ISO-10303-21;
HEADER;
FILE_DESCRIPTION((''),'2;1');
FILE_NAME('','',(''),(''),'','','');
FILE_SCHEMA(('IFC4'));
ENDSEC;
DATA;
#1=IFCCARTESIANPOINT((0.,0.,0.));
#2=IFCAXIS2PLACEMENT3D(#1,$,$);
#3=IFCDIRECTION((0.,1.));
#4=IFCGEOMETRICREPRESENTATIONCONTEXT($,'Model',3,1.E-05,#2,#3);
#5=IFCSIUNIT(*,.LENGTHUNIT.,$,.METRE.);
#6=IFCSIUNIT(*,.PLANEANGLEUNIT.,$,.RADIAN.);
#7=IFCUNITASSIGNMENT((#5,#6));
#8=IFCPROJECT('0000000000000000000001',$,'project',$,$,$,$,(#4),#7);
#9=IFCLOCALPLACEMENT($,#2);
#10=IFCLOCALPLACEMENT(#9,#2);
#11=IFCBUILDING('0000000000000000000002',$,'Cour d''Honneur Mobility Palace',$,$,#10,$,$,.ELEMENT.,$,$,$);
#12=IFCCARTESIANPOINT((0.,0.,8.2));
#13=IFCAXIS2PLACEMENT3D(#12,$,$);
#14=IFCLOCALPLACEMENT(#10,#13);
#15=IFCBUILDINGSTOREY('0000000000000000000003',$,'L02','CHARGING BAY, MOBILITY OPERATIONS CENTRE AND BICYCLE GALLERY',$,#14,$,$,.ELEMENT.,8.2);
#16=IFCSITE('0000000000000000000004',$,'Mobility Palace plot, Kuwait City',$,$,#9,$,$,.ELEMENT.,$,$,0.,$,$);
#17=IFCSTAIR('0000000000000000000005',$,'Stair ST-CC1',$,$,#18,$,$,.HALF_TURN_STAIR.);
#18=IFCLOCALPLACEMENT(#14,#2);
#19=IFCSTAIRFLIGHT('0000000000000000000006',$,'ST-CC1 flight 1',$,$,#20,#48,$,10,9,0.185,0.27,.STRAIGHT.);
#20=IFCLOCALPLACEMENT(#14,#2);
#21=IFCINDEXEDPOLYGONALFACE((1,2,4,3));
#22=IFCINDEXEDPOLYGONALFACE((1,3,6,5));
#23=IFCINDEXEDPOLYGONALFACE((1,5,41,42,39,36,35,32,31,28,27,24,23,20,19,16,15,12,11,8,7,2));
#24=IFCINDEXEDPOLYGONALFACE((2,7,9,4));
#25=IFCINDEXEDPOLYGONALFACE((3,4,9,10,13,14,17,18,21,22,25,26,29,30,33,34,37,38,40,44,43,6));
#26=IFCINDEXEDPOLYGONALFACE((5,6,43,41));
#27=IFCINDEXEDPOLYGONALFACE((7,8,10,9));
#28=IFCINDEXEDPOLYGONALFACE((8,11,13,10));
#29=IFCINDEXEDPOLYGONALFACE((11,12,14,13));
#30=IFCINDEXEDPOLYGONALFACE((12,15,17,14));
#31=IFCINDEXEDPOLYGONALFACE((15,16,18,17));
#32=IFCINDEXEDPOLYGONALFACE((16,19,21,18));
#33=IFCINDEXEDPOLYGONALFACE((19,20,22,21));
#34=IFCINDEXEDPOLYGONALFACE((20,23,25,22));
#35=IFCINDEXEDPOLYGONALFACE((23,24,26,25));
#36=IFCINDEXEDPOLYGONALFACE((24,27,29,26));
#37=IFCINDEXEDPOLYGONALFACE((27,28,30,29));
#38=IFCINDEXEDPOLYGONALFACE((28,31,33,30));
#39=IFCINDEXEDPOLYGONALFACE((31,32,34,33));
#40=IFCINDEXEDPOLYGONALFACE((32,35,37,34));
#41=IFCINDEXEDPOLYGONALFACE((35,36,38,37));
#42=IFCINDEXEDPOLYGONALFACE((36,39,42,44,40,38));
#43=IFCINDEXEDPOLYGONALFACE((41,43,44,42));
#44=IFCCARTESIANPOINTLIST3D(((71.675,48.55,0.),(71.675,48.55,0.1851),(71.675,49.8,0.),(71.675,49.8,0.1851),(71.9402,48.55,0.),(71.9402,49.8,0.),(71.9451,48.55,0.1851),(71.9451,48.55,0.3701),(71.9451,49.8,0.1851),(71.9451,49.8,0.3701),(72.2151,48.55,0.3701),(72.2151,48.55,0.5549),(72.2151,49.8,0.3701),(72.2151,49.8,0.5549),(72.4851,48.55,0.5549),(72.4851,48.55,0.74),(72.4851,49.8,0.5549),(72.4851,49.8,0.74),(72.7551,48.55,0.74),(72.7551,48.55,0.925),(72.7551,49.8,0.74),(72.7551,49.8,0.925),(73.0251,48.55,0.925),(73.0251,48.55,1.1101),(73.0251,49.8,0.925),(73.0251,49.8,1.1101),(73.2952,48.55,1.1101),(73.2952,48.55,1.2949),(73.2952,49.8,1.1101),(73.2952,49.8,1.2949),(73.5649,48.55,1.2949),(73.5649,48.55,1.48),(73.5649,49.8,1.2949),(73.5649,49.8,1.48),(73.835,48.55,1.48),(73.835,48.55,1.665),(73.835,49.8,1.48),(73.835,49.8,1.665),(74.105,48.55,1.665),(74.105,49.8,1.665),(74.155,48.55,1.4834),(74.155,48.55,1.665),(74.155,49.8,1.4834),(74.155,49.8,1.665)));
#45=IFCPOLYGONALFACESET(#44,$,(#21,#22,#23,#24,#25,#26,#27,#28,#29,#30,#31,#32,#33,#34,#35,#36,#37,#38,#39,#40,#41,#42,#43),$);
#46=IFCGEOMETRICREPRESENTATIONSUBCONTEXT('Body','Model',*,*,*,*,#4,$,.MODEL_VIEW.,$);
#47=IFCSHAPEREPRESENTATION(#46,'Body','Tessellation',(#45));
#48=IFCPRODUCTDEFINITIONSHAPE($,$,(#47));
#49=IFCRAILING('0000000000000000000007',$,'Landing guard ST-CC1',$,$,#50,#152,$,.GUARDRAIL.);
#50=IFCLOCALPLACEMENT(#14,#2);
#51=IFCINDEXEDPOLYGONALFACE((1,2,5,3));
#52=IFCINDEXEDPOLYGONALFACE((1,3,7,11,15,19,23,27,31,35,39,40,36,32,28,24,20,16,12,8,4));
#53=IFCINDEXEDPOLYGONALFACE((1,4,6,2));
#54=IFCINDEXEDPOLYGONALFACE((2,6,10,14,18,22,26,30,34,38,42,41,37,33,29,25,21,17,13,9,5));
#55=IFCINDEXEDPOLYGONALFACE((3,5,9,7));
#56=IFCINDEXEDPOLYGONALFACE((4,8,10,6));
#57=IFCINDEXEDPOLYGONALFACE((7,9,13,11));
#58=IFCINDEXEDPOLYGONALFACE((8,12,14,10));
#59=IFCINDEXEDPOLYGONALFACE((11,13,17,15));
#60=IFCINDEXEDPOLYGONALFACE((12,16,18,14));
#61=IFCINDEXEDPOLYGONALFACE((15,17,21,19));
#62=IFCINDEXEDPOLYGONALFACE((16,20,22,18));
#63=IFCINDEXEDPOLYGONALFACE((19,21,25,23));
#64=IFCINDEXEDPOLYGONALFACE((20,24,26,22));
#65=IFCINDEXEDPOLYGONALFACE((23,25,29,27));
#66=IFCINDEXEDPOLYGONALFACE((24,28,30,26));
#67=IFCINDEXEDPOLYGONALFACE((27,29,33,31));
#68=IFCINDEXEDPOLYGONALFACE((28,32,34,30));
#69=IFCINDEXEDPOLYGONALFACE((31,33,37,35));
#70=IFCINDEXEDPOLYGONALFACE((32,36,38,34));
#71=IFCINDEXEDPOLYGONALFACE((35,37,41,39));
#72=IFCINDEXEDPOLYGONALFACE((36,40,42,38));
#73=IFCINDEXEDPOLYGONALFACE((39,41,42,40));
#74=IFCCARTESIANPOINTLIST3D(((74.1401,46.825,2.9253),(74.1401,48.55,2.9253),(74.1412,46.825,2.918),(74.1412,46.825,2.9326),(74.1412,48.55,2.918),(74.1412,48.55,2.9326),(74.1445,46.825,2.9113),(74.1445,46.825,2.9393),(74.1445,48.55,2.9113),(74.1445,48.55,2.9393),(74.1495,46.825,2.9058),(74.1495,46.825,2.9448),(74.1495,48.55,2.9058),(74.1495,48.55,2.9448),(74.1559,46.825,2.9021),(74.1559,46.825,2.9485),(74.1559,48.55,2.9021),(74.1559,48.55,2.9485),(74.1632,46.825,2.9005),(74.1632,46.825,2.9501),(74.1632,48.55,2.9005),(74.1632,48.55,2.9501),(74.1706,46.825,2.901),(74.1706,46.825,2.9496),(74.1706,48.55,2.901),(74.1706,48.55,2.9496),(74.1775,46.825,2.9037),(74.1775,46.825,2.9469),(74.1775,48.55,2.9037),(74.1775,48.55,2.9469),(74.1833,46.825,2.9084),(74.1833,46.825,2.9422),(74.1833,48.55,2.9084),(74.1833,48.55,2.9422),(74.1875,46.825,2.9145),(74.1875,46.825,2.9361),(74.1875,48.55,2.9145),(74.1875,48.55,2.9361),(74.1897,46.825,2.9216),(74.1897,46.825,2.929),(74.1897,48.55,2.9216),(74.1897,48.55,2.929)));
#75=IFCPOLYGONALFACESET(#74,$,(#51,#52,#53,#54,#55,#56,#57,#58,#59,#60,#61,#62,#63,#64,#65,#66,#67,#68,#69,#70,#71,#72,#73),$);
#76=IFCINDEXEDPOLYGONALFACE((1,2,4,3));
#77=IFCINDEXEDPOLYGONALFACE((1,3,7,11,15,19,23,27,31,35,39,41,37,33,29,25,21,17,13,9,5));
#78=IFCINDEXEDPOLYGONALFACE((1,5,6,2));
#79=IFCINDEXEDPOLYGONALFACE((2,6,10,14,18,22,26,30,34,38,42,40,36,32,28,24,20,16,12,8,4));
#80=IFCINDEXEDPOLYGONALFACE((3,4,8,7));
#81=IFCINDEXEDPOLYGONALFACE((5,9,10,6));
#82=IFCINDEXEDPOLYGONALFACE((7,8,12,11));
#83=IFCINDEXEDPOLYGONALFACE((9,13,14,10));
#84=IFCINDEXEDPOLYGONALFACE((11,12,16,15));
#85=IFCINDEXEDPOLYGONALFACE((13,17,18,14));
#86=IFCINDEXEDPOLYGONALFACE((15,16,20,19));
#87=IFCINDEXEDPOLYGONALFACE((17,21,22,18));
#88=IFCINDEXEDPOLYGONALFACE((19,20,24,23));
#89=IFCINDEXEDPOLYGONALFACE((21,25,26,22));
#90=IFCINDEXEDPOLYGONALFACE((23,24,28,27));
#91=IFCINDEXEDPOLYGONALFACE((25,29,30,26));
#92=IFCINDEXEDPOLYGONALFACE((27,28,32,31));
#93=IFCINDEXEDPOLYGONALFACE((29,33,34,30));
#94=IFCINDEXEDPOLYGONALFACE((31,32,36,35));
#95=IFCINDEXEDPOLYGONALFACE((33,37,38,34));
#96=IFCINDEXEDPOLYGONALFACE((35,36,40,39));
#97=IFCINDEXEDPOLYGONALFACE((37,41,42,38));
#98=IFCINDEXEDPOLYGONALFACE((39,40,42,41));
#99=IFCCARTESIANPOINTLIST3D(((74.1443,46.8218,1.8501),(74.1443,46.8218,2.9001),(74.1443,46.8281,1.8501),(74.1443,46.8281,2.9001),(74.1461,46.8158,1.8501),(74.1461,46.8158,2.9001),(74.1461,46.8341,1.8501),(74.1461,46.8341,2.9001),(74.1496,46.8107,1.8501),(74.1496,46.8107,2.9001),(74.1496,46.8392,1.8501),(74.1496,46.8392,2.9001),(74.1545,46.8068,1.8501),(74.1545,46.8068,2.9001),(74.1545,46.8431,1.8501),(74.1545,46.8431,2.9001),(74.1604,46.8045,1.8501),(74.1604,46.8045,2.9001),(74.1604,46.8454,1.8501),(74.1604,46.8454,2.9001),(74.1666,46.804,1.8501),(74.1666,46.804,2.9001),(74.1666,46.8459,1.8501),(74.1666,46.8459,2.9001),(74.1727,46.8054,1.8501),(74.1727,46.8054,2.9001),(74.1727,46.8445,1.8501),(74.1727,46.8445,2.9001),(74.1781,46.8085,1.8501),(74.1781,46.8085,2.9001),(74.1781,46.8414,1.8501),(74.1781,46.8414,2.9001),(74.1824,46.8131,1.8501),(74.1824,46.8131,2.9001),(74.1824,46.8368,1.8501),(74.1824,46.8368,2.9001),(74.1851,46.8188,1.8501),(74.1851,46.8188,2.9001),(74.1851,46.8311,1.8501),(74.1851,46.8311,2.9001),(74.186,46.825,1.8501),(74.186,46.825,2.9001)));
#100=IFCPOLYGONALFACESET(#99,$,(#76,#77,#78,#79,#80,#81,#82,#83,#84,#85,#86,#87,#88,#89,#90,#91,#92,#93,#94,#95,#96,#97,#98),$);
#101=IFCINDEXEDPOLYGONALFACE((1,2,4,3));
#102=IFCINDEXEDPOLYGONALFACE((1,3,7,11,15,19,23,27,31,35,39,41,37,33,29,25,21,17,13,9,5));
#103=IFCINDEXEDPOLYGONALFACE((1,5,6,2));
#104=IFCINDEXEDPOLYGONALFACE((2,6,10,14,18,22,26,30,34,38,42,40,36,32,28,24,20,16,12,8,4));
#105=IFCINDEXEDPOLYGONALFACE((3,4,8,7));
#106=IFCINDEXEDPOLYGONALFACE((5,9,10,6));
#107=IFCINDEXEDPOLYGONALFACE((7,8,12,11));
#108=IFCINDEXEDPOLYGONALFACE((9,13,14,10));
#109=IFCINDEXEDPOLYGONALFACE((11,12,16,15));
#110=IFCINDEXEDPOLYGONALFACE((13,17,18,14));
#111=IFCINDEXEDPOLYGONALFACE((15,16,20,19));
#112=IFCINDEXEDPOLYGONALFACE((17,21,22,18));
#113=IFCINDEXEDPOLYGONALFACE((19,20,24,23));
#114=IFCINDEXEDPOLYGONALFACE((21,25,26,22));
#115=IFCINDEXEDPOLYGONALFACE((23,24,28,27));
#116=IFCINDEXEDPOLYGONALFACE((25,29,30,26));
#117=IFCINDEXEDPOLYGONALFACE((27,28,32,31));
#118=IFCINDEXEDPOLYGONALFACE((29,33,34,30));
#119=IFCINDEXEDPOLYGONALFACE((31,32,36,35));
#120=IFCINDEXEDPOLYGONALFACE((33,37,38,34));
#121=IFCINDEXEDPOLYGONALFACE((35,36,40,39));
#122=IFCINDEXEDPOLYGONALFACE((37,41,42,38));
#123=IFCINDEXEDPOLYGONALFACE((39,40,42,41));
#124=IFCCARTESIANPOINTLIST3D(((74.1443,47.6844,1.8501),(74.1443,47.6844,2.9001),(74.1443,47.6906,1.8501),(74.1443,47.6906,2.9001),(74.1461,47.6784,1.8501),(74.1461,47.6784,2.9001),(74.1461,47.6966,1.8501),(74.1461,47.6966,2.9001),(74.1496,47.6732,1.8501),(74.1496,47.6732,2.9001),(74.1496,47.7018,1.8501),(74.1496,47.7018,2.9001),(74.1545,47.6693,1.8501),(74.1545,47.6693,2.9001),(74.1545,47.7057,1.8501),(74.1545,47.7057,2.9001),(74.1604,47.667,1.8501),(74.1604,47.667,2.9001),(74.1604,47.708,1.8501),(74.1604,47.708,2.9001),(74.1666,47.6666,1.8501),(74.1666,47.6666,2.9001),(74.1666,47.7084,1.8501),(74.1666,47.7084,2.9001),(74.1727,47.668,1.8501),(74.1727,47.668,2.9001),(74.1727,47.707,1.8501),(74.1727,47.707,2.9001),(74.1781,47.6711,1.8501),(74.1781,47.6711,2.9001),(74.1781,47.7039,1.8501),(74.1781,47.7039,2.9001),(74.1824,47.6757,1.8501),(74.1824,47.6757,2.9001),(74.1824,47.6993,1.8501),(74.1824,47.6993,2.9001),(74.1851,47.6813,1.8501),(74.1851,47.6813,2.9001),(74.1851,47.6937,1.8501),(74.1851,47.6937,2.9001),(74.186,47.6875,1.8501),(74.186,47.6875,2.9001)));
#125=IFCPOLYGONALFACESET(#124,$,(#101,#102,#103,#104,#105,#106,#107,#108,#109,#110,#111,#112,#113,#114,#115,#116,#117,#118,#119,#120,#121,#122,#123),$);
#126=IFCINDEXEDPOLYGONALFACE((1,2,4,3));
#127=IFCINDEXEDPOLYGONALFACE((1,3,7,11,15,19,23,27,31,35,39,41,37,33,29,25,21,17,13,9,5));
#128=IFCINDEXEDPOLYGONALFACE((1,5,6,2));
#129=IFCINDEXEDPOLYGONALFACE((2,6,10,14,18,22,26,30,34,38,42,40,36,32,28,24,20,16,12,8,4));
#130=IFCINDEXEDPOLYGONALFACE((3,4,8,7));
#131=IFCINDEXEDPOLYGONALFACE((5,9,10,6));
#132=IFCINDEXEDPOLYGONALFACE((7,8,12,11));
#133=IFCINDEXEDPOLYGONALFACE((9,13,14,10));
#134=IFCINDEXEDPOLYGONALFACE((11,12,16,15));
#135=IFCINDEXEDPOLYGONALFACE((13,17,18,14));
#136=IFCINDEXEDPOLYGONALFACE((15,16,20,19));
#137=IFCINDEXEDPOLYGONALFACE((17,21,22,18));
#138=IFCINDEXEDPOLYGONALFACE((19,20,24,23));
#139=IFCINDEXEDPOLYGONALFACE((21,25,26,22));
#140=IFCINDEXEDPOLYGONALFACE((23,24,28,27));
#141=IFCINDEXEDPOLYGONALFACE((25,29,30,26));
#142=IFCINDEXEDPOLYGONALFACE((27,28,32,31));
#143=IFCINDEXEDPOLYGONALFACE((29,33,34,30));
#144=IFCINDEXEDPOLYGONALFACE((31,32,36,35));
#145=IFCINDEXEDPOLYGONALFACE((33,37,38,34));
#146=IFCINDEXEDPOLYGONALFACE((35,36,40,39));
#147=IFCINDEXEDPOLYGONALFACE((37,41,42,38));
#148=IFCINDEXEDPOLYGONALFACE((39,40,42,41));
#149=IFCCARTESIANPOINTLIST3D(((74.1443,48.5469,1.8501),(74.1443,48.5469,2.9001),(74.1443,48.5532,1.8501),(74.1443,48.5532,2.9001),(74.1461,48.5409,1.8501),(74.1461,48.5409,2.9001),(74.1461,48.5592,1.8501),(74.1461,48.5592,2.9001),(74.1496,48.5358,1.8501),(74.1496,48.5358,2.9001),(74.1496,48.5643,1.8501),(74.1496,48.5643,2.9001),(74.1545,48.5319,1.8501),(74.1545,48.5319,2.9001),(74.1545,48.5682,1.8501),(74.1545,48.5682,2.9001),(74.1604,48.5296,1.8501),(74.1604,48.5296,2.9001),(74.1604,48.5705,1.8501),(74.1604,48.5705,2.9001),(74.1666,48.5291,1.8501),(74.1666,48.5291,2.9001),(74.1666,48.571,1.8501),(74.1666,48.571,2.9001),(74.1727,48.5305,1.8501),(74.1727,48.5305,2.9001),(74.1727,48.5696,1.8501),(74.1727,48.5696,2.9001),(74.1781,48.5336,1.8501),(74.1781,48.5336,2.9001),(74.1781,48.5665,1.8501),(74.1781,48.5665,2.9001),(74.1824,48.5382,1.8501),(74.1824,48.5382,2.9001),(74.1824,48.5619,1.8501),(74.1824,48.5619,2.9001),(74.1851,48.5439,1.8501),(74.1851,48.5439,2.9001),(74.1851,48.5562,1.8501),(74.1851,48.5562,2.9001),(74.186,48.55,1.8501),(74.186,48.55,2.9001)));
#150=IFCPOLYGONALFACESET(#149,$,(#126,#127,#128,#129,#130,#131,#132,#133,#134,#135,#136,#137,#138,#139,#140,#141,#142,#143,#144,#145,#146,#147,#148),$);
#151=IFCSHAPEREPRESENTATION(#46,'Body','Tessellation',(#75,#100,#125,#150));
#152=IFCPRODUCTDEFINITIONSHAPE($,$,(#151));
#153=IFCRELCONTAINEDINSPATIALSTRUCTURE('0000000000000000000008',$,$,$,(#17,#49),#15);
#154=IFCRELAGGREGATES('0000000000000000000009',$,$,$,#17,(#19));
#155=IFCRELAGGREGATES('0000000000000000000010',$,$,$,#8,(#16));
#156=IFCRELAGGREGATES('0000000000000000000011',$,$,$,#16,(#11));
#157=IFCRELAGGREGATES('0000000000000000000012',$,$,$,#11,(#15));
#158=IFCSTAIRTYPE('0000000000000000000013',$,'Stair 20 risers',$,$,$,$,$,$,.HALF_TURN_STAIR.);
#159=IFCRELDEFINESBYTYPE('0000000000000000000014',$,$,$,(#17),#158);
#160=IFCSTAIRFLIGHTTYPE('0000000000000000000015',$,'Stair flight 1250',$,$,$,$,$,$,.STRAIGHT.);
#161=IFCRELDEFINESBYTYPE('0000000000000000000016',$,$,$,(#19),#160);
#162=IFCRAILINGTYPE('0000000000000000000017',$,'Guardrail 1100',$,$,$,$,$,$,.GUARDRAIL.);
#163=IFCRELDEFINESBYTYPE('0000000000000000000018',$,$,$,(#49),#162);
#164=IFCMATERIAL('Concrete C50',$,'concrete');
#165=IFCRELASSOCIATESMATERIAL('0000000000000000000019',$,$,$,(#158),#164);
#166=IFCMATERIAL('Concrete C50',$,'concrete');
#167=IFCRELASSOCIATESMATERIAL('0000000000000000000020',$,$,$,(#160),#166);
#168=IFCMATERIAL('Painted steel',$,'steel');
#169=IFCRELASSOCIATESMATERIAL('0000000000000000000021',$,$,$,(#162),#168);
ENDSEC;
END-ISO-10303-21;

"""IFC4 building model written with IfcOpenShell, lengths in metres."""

from ifc_helpers import new_model, si_unit, direction, frame, origin, origin_2d, place, context, subcontext, project, spatial, polyline, circle, outline, extrude, material, type_object, element, aggregate, save


model = new_model("IFC4")

# Units and contexts
model_context = context("Model", 3, precision=1e-05, world=origin(), true_north=direction((0.0, 1.0)))
body_context = subcontext(model_context, "Body", "Model", "MODEL_VIEW")
ifc_project = project(units=[si_unit("LENGTHUNIT", "METRE"), si_unit("PLANEANGLEUNIT", "RADIAN")], contexts=[model_context])

# Site, building, storey
site_placement = place(None, origin())
site = spatial("IfcSite", under=ifc_project, at=site_placement, Name="Mobility Palace plot, Kuwait City", CompositionType="ELEMENT", RefElevation=0.0)
building_placement = place(site_placement, origin())
building = spatial("IfcBuilding", under=site, at=building_placement, Name="Cour d'Honneur Mobility Palace", CompositionType="ELEMENT")
storey_placement = place(building_placement, frame((0.0, 0.0, 8.2)))
storey = spatial("IfcBuildingStorey", under=building, at=storey_placement, Name="L02", Description="CHARGING BAY, MOBILITY OPERATIONS CENTRE AND BICYCLE GALLERY", CompositionType="ELEMENT", Elevation=8.2)

# Stair, stair flight
ifc_material_1 = material(Name="Concrete C50", Category="concrete")
stair_type = type_object("IfcStairType", Name="Stair 20 risers", PredefinedType="HALF_TURN_STAIR", material=ifc_material_1)
stair_placement = place(storey_placement, origin())
stair = element("IfcStair", 1, at=stair_placement, inside=storey, type_object=stair_type, Name="Stair ST-CC1", PredefinedType="HALF_TURN_STAIR")
ifc_material_2 = material(Name="Concrete C50", Category="concrete")
stair_flight_type = type_object("IfcStairFlightType", Name="Stair flight 1250", PredefinedType="STRAIGHT", material=ifc_material_2)
stair_flight_placement = place(storey_placement, frame((71.675, 49.175, 0.0), z_axis=(0.0, 0.0, 1.0), x_axis=(1.0, 0.0, 0.0)))
stair_flight = element("IfcStairFlight", 2, at=stair_flight_placement, type_object=stair_flight_type, Name="ST-CC1 flight 1", NumberOfRisers=10, NumberOfTreads=9, PredefinedType="STRAIGHT", RiserHeight=0.185, TreadLength=0.27, context=body_context, shape_type="SweptSolid", body=[
    extrude(outline(polyline([(0.0, 0.0), (0.0, 0.1851), (0.27, 0.1851), (0.27, 0.3701), (0.54, 0.3701), (0.54, 0.5549), (0.8101, 0.5549), (0.8101, 0.74), (1.0801, 0.74), (1.0801, 0.925), (1.3501, 0.925), (1.3501, 1.1101), (1.6201, 1.1101), (1.6201, 1.2949), (1.8899, 1.2949), (1.8899, 1.48), (2.1599, 1.48), (2.1599, 1.665), (2.4299, 1.665), (2.48, 1.665), (2.48, 1.4834), (0.2651, 0.0), (0.0, 0.0)])), frame((0.0, 0.625, 0.0), z_axis=(0.0, -1.0, 0.0), x_axis=(1.0, 0.0, 0.0)), (0.0, 0.0, 1.0), 1.25),
])
aggregate(stair, [stair_flight])

# Railing
ifc_material_3 = material(Name="Painted steel", Category="steel")
railing_type_1 = type_object("IfcRailingType", Name="Guardrail 1100", PredefinedType="GUARDRAIL", material=ifc_material_3)
railing_1_placement = place(storey_placement, frame((74.165, 46.825, 1.8501)))
element("IfcRailing", 3, at=railing_1_placement, inside=storey, type_object=railing_type_1, Name="Landing guard ST-CC1", PredefinedType="GUARDRAIL", context=body_context, shape_type="SweptSolid", body=[
    extrude(circle(Radius=0.0249, at=origin_2d()), frame((0.0, 0.0, 1.0752), z_axis=(0.0, 1.0, 0.0), x_axis=(-1.0, 0.0, 0.0)), (0.0, 0.0, 1.0), 1.7251),
    extrude(circle(Radius=0.021, at=origin_2d()), origin(), (0.0, 0.0, 1.0), 1.05),
    extrude(circle(Radius=0.021, at=origin_2d()), frame((0.0, 0.8625, 0.0)), (0.0, 0.0, 1.0), 1.05),
    extrude(circle(Radius=0.021, at=origin_2d()), frame((0.0, 1.7251, 0.0)), (0.0, 0.0, 1.0), 1.05),
])

save(model, "model.ifc")
